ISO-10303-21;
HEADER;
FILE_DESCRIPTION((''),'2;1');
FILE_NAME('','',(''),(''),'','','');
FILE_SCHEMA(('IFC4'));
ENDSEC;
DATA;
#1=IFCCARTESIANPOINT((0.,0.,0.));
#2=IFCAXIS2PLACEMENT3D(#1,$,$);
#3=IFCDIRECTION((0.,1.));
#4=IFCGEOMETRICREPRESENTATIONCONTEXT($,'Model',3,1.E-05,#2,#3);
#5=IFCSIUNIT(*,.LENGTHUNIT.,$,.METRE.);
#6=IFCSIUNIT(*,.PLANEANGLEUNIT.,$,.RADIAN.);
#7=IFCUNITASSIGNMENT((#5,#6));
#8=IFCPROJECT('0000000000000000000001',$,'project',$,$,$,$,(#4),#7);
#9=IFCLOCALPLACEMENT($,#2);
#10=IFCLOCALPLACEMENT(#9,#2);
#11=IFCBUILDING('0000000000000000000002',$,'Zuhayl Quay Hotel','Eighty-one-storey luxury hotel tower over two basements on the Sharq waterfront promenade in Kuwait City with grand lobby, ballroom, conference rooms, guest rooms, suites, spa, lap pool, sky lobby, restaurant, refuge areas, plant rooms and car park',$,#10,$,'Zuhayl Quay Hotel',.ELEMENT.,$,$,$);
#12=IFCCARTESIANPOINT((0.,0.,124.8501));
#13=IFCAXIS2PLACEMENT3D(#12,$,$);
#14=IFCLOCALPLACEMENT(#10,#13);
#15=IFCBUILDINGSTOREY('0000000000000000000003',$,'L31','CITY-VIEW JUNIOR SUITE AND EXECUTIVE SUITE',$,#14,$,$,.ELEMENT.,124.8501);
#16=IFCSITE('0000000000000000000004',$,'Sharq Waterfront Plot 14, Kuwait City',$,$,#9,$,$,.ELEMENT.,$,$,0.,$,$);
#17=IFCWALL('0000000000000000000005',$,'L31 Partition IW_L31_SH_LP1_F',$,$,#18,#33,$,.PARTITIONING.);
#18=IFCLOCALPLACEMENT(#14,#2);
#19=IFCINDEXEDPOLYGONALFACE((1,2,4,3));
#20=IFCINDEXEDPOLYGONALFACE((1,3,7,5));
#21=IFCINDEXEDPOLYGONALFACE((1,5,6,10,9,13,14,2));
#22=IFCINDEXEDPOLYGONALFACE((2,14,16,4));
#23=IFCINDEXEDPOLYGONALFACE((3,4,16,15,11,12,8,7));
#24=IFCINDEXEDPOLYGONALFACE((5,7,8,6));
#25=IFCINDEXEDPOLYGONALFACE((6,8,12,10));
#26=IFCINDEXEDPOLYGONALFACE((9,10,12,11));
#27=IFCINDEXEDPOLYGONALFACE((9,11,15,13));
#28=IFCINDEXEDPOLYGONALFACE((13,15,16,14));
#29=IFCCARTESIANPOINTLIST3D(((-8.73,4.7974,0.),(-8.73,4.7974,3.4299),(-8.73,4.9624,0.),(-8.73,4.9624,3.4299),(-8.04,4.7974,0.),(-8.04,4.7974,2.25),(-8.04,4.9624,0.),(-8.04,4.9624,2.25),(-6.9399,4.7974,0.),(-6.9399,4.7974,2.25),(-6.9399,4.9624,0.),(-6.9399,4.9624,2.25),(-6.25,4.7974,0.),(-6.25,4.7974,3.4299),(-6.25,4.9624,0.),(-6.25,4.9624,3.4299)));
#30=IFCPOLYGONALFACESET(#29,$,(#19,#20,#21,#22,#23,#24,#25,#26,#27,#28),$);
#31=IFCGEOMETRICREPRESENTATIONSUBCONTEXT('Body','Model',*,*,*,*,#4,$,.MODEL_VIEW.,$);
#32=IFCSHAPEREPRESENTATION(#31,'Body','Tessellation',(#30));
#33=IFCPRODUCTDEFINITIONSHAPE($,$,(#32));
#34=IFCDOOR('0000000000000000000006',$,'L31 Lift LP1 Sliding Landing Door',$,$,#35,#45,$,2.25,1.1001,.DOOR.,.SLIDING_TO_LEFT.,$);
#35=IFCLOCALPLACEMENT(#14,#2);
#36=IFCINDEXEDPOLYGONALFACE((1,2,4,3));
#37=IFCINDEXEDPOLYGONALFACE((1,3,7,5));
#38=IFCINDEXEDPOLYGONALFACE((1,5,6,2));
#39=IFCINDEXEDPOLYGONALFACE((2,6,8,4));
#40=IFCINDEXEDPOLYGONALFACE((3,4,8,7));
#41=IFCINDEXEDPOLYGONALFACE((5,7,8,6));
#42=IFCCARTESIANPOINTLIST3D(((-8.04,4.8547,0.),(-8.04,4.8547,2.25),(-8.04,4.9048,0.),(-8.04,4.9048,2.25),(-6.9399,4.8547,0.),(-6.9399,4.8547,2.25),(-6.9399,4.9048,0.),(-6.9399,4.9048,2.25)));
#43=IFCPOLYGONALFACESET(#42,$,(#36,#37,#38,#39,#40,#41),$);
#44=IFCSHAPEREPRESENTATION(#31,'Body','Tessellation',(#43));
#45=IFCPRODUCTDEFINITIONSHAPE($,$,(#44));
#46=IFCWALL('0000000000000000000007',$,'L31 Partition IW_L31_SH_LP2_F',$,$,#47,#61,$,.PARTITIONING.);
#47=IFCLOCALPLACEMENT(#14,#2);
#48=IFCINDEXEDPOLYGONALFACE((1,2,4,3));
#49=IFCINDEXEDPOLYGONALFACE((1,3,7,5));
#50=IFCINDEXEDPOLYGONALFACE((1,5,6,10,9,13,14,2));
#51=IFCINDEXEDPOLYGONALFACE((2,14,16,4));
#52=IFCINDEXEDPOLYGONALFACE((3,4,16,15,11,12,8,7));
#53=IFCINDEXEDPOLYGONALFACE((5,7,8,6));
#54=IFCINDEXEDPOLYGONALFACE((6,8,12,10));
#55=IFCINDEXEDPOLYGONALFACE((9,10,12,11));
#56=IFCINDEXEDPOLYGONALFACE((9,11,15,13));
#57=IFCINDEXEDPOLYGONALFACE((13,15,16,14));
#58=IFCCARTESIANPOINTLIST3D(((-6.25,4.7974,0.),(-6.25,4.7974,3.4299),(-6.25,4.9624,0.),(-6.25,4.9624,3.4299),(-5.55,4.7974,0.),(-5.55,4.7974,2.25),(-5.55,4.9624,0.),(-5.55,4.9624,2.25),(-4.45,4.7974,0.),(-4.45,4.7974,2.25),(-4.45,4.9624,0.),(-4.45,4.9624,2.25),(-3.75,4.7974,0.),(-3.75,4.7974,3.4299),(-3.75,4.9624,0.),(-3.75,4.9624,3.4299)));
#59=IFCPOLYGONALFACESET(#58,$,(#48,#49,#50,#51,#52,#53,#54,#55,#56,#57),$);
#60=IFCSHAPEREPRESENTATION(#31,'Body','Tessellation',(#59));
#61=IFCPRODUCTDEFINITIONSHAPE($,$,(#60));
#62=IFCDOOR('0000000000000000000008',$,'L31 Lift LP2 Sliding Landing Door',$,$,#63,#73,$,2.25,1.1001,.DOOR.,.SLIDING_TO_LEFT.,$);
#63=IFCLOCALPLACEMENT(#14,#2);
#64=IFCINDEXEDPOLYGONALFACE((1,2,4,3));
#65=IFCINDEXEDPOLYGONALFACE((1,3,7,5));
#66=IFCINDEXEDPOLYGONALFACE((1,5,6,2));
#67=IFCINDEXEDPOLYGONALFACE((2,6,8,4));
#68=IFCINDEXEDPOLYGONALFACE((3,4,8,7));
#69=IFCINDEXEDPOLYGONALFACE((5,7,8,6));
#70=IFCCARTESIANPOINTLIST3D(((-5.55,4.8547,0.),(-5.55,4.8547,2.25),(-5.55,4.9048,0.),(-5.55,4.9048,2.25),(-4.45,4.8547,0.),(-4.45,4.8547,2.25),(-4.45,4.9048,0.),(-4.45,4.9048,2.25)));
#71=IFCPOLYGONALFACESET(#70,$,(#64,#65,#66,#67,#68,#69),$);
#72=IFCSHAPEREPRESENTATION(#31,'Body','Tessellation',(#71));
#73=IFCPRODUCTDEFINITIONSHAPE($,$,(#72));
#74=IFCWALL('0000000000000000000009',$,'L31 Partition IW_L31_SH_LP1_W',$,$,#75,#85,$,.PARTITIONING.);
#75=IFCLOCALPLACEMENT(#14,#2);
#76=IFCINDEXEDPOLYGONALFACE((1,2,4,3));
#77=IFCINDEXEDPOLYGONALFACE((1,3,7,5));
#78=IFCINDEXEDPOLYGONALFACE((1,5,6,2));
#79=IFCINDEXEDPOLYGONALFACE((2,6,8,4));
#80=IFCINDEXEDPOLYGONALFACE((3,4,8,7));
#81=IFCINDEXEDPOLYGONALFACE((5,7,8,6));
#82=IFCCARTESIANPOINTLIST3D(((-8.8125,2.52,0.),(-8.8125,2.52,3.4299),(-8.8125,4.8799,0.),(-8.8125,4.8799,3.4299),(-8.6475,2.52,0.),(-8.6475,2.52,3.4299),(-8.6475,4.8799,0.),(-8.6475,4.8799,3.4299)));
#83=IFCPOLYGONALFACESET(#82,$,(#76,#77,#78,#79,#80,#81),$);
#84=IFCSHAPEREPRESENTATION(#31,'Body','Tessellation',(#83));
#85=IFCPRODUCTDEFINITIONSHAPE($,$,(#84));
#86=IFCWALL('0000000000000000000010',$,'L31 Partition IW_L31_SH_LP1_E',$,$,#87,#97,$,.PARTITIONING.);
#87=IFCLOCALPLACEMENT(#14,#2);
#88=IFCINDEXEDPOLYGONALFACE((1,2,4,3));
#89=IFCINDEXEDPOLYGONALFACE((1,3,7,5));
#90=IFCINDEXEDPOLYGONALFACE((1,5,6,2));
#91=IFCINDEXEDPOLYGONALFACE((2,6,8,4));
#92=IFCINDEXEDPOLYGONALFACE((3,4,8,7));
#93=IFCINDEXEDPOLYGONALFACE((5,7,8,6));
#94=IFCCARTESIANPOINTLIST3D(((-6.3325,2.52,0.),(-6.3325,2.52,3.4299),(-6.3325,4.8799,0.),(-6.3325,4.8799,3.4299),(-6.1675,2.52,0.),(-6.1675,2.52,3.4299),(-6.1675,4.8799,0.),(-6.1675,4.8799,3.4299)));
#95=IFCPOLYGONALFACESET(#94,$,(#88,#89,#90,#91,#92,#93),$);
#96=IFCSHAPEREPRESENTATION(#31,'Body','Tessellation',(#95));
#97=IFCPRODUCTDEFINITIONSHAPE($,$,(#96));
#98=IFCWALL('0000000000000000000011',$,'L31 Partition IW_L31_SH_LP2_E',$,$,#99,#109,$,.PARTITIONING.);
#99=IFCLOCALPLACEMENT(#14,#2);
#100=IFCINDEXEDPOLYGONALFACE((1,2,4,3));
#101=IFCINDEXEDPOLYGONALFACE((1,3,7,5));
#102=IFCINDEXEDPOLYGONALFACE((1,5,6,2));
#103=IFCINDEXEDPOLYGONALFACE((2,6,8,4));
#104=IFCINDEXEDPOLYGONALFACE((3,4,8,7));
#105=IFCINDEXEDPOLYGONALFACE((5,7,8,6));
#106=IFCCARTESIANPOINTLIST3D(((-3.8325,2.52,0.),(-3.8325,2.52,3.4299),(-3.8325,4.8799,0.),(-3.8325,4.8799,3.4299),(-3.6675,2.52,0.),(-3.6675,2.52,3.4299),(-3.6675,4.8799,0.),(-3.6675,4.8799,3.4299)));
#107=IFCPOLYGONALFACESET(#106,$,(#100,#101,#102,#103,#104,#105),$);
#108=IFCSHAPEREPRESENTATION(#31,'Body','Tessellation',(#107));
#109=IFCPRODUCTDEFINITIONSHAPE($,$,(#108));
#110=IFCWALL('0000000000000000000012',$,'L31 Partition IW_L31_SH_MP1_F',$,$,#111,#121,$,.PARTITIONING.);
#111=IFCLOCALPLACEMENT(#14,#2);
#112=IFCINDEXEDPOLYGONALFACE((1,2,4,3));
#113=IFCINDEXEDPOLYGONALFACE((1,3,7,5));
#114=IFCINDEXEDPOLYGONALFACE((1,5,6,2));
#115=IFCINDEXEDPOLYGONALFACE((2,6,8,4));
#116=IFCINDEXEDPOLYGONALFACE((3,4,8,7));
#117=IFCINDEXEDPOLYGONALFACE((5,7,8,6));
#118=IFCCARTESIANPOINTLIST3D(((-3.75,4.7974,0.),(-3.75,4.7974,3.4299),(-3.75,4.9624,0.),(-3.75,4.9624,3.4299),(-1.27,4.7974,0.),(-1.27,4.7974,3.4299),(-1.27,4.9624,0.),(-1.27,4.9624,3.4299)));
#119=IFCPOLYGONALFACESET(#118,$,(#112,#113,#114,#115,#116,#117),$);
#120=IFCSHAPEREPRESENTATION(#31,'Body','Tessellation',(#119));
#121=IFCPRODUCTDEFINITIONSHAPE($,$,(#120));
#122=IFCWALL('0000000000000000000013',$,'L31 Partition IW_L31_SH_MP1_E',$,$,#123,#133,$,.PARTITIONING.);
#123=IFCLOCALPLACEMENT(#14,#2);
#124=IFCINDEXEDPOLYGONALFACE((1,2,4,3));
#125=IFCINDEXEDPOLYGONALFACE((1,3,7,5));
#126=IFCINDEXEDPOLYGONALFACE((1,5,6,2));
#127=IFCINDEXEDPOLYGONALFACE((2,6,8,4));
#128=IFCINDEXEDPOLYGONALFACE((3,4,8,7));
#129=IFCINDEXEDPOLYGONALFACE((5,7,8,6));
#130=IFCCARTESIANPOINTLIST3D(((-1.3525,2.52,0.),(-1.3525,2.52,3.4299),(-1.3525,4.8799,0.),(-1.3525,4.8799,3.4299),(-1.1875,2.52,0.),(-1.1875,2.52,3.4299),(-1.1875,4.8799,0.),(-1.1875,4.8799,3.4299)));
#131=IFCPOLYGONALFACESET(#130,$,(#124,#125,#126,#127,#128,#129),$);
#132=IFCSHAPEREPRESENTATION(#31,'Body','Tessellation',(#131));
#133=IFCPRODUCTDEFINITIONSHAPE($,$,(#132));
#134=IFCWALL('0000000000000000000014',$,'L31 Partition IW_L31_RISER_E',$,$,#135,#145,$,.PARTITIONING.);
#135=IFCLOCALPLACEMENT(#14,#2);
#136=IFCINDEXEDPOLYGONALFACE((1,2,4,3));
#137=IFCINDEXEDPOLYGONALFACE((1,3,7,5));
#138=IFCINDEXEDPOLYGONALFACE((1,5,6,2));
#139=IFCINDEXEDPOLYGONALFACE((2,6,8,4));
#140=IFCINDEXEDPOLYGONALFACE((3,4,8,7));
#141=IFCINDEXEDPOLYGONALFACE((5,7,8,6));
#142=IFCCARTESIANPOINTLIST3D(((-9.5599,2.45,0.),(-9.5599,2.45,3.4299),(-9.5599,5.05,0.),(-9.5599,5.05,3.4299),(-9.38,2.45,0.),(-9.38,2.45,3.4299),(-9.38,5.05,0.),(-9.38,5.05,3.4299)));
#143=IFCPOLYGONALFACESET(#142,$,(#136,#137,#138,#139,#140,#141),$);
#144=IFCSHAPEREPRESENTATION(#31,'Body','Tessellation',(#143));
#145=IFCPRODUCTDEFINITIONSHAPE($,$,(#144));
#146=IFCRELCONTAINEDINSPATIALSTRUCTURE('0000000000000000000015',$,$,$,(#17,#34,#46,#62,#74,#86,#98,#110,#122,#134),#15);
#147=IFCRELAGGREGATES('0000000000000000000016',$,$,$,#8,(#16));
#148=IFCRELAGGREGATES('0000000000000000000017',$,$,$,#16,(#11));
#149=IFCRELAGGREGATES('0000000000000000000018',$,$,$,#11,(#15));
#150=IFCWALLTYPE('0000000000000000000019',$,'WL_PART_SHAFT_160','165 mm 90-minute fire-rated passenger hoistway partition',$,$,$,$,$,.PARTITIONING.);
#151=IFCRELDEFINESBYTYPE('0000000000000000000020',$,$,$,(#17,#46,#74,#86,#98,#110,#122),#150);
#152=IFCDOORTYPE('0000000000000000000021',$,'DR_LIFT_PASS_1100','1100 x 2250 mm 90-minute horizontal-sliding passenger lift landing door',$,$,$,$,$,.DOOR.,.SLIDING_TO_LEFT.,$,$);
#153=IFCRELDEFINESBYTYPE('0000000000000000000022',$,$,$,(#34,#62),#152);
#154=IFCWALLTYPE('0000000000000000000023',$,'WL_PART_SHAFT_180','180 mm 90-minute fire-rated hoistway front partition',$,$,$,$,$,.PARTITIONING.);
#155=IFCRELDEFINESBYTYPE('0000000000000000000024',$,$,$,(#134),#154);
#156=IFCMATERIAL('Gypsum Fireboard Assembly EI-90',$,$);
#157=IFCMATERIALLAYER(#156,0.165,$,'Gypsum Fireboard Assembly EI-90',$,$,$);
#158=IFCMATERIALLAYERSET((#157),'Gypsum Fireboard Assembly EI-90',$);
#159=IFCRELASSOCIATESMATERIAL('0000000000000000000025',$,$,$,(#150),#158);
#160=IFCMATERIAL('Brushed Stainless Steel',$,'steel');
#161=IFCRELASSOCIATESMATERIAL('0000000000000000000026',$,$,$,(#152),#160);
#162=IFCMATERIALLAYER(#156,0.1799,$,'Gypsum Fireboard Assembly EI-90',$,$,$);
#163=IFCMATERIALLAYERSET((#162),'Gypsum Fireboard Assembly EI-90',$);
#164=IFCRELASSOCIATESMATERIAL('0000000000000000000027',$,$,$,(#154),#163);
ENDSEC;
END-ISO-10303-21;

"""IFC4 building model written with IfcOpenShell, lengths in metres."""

from ifc_helpers import new_model, si_unit, direction, frame, frame_2d, origin, place, context, subcontext, project, spatial, rectangle, extrude, material, layer, layer_set, type_object, element, fill, save


model = new_model("IFC4")

# Units and contexts
model_context = context("Model", 3, precision=1e-05, world=origin(), true_north=direction((0.0, 1.0)))
body_context = subcontext(model_context, "Body", "Model", "MODEL_VIEW")
ifc_project = project(units=[si_unit("LENGTHUNIT", "METRE"), si_unit("PLANEANGLEUNIT", "RADIAN")], contexts=[model_context])

# Site, building, storey
site_placement = place(None, origin())
site = spatial("IfcSite", under=ifc_project, at=site_placement, Name="Sharq Waterfront Plot 14, Kuwait City", CompositionType="ELEMENT", RefElevation=0.0)
building_placement = place(site_placement, origin())
building = spatial("IfcBuilding", under=site, at=building_placement, Name="Zuhayl Quay Hotel", Description="Eighty-one-storey luxury hotel tower over two basements on the Sharq waterfront promenade in Kuwait City with grand lobby, ballroom, conference rooms, guest rooms, suites, spa, lap pool, sky lobby, restaurant, refuge areas, plant rooms and car park", LongName="Zuhayl Quay Hotel", CompositionType="ELEMENT")
storey_placement = place(building_placement, frame((0.0, 0.0, 124.8501)))
storey = spatial("IfcBuildingStorey", under=building, at=storey_placement, Name="L31", Description="CITY-VIEW JUNIOR SUITE AND EXECUTIVE SUITE", CompositionType="ELEMENT", Elevation=124.8501)

# Walls, openings, doors
ifc_material_1 = material(Name="Gypsum Fireboard Assembly EI-90")
ifc_layer_1 = layer(ifc_material_1, 0.165, Name="Gypsum Fireboard Assembly EI-90")
ifc_layer_set_1 = layer_set([ifc_layer_1], Name="Gypsum Fireboard Assembly EI-90")
wall_type_1 = type_object("IfcWallType", Name="WL_PART_SHAFT_160", Description="165 mm 90-minute fire-rated passenger hoistway partition", PredefinedType="PARTITIONING", material=ifc_layer_set_1)
wall_1_placement = place(storey_placement, frame((-8.73, 4.8799, 0.0), z_axis=(0.0, 0.0, 1.0), x_axis=(1.0, 0.0, 0.0)))
wall_1 = element("IfcWall", 1, at=wall_1_placement, inside=storey, type_object=wall_type_1, Name="L31 Partition IW_L31_SH_LP1_F", PredefinedType="PARTITIONING", context=body_context, shape_type="SweptSolid", body=[
    extrude(rectangle(XDim=2.48, YDim=0.165, at=frame_2d((1.24, 0.0))), origin(), (0.0, 0.0, 1.0), 3.4299),
])
opening_1_placement = place(wall_1_placement, frame((0.6899, 0.0, 0.0)))
opening_1 = element("IfcOpeningElement", 2, at=opening_1_placement, cuts=wall_1, PredefinedType="OPENING", context=body_context, shape_type="SweptSolid", body=[
    extrude(rectangle(XDim=1.1001, YDim=2.25, at=frame_2d((0.55, 1.125))), frame((0.0, 0.0925, 0.0), z_axis=(0.0, -1.0, 0.0), x_axis=(1.0, 0.0, 0.0)), (0.0, 0.0, 1.0), 0.1851),
])
ifc_material_2 = material(Name="Brushed Stainless Steel", Category="steel")
door_type_1 = type_object("IfcDoorType", Name="DR_LIFT_PASS_1100", Description="1100 x 2250 mm 90-minute horizontal-sliding passenger lift landing door", OperationType="SLIDING_TO_LEFT", PredefinedType="DOOR", material=ifc_material_2)
door_1_placement = place(opening_1_placement, origin())
door_1 = element("IfcDoor", 3, at=door_1_placement, inside=storey, type_object=door_type_1, Name="L31 Lift LP1 Sliding Landing Door", OperationType="SLIDING_TO_LEFT", OverallHeight=2.25, OverallWidth=1.1001, PredefinedType="DOOR", context=body_context, shape_type="SweptSolid", body=[
    extrude(rectangle(XDim=1.1001, YDim=2.25, at=frame_2d((0.55, 1.125))), frame((0.0, 0.0249, 0.0), z_axis=(0.0, -1.0, 0.0), x_axis=(1.0, 0.0, 0.0)), (0.0, 0.0, 1.0), 0.05),
])
fill(opening_1, door_1)
wall_2_placement = place(storey_placement, frame((-6.25, 4.8799, 0.0), z_axis=(0.0, 0.0, 1.0), x_axis=(1.0, 0.0, 0.0)))
wall_2 = element("IfcWall", 4, at=wall_2_placement, inside=storey, type_object=wall_type_1, Name="L31 Partition IW_L31_SH_LP2_F", PredefinedType="PARTITIONING", context=body_context, shape_type="SweptSolid", body=[
    extrude(rectangle(XDim=2.5, YDim=0.165, at=frame_2d((1.25, 0.0))), origin(), (0.0, 0.0, 1.0), 3.4299),
])
opening_2_placement = place(wall_2_placement, frame((0.7, 0.0, 0.0)))
opening_2 = element("IfcOpeningElement", 5, at=opening_2_placement, cuts=wall_2, PredefinedType="OPENING", context=body_context, shape_type="SweptSolid", body=[
    extrude(rectangle(XDim=1.1001, YDim=2.25, at=frame_2d((0.55, 1.125))), frame((0.0, 0.0925, 0.0), z_axis=(0.0, -1.0, 0.0), x_axis=(1.0, 0.0, 0.0)), (0.0, 0.0, 1.0), 0.1851),
])
door_2_placement = place(opening_2_placement, origin())
door_2 = element("IfcDoor", 6, at=door_2_placement, inside=storey, type_object=door_type_1, Name="L31 Lift LP2 Sliding Landing Door", OperationType="SLIDING_TO_LEFT", OverallHeight=2.25, OverallWidth=1.1001, PredefinedType="DOOR", context=body_context, shape_type="SweptSolid", body=[
    extrude(rectangle(XDim=1.1001, YDim=2.25, at=frame_2d((0.55, 1.125))), frame((0.0, 0.0249, 0.0), z_axis=(0.0, -1.0, 0.0), x_axis=(1.0, 0.0, 0.0)), (0.0, 0.0, 1.0), 0.05),
])
fill(opening_2, door_2)

# Walls
for number, where, z_axis, x_axis, name in (
    (7, (-8.73, 2.52, 0.0), (0.0, 0.0, 1.0), (0.0, 1.0, 0.0), "L31 Partition IW_L31_SH_LP1_W"),
    (8, (-6.25, 2.52, 0.0), (0.0, 0.0, 1.0), (0.0, 1.0, 0.0), "L31 Partition IW_L31_SH_LP1_E"),
    (9, (-3.75, 2.52, 0.0), (0.0, 0.0, 1.0), (0.0, 1.0, 0.0), "L31 Partition IW_L31_SH_LP2_E"),
):
    element("IfcWall", number, at=place(storey_placement, frame(where, z_axis=z_axis, x_axis=x_axis)), inside=storey, type_object=wall_type_1, Name=name, PredefinedType="PARTITIONING", context=body_context, shape_type="SweptSolid", body=[
        extrude(rectangle(XDim=2.3599, YDim=0.165, at=frame_2d((1.1799, 0.0))), origin(), (0.0, 0.0, 1.0), 3.4299),
    ])
wall_3_placement = place(storey_placement, frame((-3.75, 4.8799, 0.0), z_axis=(0.0, 0.0, 1.0), x_axis=(1.0, 0.0, 0.0)))
element("IfcWall", 10, at=wall_3_placement, inside=storey, type_object=wall_type_1, Name="L31 Partition IW_L31_SH_MP1_F", PredefinedType="PARTITIONING", context=body_context, shape_type="SweptSolid", body=[
    extrude(rectangle(XDim=2.48, YDim=0.165, at=frame_2d((1.24, 0.0))), origin(), (0.0, 0.0, 1.0), 3.4299),
])
wall_4_placement = place(storey_placement, frame((-1.27, 2.52, 0.0), z_axis=(0.0, 0.0, 1.0), x_axis=(0.0, 1.0, 0.0)))
element("IfcWall", 11, at=wall_4_placement, inside=storey, type_object=wall_type_1, Name="L31 Partition IW_L31_SH_MP1_E", PredefinedType="PARTITIONING", context=body_context, shape_type="SweptSolid", body=[
    extrude(rectangle(XDim=2.3599, YDim=0.165, at=frame_2d((1.1799, 0.0))), origin(), (0.0, 0.0, 1.0), 3.4299),
])
ifc_layer_2 = layer(ifc_material_1, 0.1799, Name="Gypsum Fireboard Assembly EI-90")
ifc_layer_set_2 = layer_set([ifc_layer_2], Name="Gypsum Fireboard Assembly EI-90")
wall_type_2 = type_object("IfcWallType", Name="WL_PART_SHAFT_180", Description="180 mm 90-minute fire-rated hoistway front partition", PredefinedType="PARTITIONING", material=ifc_layer_set_2)
wall_5_placement = place(storey_placement, frame((-9.47, 2.45, 0.0), z_axis=(0.0, 0.0, 1.0), x_axis=(0.0, 1.0, 0.0)))
element("IfcWall", 12, at=wall_5_placement, inside=storey, type_object=wall_type_2, Name="L31 Partition IW_L31_RISER_E", PredefinedType="PARTITIONING", context=body_context, shape_type="SweptSolid", body=[
    extrude(rectangle(XDim=2.6001, YDim=0.1799, at=frame_2d((1.3, 0.0))), origin(), (0.0, 0.0, 1.0), 3.4299),
])

save(model, "model.ifc")
